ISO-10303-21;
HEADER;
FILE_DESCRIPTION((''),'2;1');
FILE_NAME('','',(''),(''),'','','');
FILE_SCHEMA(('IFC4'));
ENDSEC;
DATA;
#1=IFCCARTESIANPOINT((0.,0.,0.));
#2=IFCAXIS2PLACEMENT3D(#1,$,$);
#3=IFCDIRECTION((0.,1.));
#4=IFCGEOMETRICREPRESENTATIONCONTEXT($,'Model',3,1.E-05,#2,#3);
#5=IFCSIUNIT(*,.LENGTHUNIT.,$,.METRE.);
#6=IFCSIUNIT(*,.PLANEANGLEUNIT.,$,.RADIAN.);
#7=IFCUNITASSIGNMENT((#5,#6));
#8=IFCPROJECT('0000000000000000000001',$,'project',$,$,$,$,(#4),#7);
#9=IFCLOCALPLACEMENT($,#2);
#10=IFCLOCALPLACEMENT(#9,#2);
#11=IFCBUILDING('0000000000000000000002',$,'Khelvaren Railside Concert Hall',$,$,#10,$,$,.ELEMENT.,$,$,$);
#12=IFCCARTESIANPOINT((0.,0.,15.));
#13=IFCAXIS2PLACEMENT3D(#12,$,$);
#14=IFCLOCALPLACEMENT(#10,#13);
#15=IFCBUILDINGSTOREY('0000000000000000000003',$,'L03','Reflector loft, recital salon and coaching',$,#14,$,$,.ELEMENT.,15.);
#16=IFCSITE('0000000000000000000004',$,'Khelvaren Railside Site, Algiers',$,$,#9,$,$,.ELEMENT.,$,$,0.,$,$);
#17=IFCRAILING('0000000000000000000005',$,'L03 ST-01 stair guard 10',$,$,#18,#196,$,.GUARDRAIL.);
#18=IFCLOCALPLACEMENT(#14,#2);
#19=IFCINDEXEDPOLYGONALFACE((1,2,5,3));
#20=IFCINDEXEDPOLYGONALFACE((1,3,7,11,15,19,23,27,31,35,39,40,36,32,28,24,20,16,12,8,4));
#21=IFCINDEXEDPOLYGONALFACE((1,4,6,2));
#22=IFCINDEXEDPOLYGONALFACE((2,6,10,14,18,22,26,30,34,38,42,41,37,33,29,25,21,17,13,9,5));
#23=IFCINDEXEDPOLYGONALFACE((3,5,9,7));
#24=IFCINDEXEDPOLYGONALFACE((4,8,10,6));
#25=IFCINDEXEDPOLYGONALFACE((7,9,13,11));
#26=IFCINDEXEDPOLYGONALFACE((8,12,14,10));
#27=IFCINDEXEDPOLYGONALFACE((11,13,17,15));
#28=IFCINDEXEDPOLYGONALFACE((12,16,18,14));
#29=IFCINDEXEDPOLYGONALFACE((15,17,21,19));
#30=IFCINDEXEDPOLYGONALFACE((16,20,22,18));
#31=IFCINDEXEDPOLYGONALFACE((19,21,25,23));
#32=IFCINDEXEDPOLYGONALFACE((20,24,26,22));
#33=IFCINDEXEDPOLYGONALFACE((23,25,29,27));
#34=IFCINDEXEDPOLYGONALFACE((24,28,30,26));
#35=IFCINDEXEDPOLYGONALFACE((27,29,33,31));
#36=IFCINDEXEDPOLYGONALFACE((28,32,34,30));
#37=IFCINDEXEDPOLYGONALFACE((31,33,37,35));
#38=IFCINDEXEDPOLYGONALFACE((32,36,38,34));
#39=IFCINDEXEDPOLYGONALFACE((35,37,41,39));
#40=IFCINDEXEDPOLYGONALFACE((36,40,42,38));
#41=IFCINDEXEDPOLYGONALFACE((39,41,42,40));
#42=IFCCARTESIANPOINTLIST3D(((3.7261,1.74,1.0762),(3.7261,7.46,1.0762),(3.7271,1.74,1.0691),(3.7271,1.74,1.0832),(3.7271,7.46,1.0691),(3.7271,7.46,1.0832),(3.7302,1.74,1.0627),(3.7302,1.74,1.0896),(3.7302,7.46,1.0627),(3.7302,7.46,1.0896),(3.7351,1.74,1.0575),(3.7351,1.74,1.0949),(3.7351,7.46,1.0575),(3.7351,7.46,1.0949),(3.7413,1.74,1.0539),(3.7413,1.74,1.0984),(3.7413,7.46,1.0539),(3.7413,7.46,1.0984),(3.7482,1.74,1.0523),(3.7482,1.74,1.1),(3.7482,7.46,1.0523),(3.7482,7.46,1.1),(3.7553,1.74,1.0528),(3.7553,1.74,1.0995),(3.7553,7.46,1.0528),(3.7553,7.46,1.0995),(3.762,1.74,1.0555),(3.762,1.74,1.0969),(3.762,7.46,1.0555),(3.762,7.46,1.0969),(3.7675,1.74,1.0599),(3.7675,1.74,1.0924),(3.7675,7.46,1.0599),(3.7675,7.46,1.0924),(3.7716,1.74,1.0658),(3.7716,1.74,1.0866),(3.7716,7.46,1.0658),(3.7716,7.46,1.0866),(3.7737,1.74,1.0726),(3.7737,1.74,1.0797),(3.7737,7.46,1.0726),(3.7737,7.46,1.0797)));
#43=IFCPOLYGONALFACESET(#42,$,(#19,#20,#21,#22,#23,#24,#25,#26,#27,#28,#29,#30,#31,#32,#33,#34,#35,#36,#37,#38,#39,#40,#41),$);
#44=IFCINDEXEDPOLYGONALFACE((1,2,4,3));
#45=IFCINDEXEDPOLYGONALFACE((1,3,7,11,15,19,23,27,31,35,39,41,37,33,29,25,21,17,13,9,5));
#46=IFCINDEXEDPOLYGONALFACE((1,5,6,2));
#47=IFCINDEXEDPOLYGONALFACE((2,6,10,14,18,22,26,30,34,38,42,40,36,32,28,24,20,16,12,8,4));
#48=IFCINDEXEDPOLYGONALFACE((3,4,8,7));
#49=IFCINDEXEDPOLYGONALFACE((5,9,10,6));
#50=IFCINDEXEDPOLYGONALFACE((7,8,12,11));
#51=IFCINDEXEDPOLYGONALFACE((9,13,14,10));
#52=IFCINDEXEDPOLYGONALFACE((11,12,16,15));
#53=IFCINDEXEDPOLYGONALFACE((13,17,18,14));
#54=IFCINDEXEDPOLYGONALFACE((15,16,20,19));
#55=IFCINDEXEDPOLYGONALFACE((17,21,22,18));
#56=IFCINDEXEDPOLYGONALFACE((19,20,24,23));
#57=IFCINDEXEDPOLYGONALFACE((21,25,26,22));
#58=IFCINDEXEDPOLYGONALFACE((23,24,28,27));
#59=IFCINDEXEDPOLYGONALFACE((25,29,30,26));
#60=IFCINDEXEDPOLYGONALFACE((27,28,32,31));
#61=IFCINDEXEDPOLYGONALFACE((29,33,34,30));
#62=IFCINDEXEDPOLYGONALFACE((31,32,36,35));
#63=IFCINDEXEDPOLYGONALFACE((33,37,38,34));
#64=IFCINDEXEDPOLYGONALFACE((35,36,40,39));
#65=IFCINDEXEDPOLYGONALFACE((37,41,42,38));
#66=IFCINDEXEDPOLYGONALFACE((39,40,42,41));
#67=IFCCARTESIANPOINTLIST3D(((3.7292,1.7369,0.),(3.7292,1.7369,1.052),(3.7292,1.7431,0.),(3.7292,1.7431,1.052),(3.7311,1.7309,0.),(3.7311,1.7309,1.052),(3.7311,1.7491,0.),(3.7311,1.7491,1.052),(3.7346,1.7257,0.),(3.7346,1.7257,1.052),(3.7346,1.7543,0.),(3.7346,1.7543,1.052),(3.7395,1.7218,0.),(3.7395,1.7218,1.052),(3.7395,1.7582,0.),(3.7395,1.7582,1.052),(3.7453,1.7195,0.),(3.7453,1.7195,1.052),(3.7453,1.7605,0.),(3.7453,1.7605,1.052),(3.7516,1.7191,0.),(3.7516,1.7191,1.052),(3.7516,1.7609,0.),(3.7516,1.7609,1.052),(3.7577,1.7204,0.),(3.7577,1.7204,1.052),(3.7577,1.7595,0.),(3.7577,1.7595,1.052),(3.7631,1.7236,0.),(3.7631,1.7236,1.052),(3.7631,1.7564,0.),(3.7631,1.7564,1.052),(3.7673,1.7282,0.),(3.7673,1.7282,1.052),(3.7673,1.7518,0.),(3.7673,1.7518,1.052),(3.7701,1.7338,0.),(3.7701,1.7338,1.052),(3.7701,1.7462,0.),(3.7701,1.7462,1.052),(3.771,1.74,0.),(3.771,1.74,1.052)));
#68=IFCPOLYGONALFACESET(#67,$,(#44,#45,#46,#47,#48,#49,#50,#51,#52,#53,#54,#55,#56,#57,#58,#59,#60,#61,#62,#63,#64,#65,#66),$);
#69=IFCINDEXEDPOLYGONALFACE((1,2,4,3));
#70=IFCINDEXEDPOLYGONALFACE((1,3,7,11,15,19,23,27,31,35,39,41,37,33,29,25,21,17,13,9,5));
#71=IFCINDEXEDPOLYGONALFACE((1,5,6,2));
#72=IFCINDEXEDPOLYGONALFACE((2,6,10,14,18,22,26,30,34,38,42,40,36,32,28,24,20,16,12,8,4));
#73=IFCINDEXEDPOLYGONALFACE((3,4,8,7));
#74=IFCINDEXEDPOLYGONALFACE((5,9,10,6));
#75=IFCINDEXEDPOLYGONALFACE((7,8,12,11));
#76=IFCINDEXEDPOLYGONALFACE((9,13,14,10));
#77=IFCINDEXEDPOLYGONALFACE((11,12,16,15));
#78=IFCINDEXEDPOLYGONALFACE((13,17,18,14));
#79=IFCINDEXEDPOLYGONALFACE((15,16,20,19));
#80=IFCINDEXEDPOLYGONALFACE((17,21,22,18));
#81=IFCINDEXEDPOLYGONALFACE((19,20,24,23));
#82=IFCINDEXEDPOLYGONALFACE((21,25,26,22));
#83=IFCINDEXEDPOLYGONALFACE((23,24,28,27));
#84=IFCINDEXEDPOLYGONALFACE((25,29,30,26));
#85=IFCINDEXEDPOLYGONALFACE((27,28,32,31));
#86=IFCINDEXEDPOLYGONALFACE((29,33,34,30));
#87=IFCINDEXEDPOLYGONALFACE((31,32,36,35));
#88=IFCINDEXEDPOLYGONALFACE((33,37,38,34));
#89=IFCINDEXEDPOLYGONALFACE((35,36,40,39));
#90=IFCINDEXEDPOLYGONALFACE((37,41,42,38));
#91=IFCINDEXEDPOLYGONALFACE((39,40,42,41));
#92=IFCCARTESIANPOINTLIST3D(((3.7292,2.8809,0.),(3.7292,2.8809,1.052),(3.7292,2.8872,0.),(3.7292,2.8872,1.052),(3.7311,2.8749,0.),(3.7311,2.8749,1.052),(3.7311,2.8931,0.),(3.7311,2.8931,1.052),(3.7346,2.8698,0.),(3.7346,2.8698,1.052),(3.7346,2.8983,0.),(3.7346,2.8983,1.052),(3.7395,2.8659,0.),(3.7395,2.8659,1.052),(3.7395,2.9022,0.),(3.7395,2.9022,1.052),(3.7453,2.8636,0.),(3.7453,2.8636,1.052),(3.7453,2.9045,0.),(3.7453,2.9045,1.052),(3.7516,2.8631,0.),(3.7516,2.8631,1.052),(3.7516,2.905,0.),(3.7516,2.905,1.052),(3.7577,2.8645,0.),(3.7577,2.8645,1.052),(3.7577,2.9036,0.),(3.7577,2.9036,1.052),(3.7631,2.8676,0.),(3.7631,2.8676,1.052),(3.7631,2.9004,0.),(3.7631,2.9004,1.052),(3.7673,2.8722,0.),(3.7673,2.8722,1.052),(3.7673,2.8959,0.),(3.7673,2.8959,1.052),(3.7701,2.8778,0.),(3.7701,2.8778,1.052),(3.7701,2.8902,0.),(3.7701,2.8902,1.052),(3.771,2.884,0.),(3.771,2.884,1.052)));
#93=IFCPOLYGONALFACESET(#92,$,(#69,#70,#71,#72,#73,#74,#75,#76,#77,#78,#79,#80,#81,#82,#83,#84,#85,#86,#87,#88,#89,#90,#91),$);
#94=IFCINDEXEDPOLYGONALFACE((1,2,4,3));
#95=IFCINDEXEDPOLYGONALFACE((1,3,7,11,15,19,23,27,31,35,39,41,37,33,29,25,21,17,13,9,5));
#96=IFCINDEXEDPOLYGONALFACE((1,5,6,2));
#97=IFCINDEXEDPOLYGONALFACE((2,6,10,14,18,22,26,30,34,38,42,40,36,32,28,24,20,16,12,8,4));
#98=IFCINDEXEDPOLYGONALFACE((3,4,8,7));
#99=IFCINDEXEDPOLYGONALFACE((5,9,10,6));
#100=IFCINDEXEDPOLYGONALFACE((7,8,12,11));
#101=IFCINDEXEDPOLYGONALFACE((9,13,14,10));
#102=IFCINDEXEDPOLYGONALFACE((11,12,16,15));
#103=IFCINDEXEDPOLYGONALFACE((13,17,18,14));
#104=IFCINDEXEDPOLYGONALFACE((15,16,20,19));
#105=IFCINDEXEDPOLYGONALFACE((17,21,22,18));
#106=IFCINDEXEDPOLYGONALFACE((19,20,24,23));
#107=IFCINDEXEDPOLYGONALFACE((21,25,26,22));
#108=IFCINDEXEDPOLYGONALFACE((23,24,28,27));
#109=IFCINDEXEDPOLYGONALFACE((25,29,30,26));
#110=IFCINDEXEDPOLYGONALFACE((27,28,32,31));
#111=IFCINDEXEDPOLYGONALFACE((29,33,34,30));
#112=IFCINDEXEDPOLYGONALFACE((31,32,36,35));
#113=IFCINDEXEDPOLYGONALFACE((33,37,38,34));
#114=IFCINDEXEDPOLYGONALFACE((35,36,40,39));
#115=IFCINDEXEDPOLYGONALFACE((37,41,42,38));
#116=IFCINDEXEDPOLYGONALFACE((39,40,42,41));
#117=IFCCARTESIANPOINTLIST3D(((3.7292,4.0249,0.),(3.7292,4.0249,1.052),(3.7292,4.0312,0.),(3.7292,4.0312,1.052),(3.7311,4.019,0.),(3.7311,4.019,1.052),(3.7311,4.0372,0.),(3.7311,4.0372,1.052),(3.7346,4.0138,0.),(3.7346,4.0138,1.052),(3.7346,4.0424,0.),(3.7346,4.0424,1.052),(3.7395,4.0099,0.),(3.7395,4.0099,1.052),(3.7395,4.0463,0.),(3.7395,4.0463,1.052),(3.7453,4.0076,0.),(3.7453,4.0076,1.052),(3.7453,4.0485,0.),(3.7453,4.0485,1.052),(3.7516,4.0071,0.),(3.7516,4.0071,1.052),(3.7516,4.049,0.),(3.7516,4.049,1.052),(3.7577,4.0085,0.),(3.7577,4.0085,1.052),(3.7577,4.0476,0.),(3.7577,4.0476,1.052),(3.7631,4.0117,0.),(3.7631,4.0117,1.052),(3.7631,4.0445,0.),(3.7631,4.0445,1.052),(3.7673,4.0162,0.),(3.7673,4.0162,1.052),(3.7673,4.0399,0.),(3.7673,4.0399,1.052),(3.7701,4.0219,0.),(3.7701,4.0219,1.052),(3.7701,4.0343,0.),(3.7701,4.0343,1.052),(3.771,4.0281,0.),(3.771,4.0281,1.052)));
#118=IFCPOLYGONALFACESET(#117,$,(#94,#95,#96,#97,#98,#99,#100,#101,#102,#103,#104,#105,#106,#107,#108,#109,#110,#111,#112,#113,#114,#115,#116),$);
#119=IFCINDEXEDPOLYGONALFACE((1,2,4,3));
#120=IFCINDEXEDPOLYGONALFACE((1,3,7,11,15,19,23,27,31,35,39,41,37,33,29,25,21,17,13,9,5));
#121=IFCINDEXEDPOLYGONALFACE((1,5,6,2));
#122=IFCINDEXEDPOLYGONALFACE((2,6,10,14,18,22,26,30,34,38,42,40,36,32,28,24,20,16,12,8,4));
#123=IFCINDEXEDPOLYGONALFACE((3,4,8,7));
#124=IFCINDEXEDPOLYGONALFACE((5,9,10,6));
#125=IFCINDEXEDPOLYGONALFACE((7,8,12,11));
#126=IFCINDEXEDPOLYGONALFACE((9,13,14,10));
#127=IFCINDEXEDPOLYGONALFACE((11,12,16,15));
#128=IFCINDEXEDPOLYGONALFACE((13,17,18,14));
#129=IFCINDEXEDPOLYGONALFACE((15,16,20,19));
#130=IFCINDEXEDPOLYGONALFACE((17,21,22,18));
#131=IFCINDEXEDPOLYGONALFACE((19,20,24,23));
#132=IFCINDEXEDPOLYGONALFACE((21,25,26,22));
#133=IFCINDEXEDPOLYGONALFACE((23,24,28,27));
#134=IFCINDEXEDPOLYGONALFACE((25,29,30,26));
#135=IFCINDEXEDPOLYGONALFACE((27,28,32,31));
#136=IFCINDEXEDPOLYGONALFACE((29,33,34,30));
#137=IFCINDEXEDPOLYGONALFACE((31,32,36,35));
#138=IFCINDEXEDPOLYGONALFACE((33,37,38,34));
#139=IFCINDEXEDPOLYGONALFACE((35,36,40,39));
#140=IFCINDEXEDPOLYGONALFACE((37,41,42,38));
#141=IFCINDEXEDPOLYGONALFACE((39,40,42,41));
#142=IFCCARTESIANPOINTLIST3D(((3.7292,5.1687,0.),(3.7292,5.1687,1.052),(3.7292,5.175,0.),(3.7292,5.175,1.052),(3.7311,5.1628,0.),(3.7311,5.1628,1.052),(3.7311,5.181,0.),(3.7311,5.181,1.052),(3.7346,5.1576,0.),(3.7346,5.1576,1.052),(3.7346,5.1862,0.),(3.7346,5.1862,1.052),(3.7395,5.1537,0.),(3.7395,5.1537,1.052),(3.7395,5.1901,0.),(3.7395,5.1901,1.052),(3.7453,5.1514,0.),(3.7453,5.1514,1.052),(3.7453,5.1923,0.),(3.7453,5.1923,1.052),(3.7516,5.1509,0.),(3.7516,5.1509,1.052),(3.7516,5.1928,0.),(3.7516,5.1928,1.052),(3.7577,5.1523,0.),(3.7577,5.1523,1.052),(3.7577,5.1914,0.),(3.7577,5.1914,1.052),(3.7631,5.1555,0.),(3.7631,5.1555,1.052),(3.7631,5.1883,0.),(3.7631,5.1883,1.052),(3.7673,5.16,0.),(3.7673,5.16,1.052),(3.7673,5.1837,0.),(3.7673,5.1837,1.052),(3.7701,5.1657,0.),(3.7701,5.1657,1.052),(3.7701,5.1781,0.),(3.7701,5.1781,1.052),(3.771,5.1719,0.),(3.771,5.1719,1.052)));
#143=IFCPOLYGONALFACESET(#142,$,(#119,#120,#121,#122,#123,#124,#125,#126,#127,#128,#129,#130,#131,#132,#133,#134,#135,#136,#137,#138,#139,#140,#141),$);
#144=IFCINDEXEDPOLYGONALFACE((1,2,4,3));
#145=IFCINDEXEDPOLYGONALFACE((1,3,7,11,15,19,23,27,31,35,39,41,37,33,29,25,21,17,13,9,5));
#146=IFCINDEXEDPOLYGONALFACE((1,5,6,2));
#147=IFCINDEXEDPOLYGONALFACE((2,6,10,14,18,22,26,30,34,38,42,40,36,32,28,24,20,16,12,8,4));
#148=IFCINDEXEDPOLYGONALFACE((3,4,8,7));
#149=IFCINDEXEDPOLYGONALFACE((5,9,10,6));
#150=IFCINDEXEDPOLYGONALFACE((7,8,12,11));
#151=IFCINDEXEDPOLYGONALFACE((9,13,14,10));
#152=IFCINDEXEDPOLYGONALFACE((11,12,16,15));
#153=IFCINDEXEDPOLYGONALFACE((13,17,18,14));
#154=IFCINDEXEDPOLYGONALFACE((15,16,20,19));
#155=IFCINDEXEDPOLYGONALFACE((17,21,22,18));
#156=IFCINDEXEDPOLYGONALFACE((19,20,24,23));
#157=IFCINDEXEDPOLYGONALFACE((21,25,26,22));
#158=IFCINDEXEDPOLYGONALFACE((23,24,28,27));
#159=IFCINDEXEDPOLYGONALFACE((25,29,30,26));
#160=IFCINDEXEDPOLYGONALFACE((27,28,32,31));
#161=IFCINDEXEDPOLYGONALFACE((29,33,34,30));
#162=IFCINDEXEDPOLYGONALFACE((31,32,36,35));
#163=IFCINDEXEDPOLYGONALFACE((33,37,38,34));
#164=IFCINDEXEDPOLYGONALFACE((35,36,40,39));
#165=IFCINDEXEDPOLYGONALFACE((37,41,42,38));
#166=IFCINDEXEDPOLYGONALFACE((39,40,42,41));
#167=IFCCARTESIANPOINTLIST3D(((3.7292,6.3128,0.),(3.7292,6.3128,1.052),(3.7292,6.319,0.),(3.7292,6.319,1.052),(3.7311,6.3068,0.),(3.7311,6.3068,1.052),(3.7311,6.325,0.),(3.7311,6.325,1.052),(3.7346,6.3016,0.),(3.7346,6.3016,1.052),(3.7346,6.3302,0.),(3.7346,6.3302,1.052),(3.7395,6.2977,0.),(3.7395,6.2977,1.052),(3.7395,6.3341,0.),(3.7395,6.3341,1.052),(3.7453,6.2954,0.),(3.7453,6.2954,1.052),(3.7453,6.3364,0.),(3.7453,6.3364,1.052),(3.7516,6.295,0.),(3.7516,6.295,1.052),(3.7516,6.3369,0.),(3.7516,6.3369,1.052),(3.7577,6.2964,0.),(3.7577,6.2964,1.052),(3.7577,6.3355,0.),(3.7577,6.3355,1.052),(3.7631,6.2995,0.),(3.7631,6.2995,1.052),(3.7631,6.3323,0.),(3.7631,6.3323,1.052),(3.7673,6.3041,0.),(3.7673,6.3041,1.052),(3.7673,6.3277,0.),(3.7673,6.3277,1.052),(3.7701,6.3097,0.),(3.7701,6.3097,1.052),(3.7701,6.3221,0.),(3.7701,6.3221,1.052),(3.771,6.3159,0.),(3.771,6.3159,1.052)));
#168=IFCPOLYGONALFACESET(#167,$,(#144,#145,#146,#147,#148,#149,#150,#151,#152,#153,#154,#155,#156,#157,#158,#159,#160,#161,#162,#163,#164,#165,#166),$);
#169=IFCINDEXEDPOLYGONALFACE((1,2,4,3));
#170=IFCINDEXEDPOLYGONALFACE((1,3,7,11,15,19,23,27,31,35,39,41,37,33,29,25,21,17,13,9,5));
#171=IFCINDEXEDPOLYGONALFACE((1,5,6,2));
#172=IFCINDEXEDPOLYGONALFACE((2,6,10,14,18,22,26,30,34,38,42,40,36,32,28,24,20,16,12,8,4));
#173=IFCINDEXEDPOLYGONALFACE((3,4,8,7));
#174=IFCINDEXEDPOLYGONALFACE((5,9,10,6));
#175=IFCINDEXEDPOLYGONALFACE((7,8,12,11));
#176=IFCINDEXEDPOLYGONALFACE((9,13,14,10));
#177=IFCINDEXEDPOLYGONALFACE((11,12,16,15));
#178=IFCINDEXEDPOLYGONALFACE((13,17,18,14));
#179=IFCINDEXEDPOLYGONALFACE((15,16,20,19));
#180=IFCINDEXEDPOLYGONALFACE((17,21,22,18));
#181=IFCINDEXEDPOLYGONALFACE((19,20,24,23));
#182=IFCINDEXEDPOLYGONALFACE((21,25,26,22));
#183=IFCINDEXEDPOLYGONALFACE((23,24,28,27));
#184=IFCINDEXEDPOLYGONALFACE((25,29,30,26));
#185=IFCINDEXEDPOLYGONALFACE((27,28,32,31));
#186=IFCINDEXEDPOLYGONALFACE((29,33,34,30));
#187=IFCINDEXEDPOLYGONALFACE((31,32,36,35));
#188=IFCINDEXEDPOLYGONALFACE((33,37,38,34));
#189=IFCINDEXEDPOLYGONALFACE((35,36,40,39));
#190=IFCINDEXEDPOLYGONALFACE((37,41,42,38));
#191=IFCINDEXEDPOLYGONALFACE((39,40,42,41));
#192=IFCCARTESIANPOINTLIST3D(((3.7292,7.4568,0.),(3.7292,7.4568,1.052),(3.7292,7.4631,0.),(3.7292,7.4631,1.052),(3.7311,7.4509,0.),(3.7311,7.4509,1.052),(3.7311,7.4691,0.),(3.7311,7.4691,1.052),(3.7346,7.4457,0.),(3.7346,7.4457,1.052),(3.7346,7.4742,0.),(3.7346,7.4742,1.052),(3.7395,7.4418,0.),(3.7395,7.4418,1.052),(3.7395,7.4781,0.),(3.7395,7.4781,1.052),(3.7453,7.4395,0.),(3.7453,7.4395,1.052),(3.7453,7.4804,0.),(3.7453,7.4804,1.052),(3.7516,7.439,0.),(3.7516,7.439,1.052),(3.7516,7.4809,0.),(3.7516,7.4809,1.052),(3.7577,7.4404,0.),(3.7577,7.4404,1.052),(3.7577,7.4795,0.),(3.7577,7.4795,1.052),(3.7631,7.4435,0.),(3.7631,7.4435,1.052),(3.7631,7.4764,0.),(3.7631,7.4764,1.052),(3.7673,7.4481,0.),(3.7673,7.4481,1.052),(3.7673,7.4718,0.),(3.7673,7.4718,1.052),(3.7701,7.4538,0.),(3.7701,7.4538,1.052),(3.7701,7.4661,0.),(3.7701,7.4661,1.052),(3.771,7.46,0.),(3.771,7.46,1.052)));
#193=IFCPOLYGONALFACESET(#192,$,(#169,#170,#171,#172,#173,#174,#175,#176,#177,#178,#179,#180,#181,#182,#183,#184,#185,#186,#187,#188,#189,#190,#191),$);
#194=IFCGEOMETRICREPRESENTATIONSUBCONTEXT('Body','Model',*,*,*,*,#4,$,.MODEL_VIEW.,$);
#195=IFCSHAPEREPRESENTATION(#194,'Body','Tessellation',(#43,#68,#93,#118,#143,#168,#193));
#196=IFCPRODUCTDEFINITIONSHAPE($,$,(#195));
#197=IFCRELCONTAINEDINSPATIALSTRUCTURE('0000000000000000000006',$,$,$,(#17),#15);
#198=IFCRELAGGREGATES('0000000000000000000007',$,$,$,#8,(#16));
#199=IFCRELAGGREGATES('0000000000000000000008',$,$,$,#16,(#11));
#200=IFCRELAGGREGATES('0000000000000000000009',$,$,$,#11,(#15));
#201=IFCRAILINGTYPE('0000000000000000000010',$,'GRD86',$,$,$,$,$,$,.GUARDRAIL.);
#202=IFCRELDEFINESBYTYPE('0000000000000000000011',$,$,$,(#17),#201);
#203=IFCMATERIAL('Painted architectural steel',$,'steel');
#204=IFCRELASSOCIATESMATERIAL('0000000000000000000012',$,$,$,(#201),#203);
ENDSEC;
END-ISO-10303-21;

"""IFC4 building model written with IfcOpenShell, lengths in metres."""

from ifc_helpers import new_model, si_unit, direction, frame, origin, origin_2d, place, context, subcontext, project, spatial, circle, extrude, material, type_object, element, save


model = new_model("IFC4")

# Units and contexts
model_context = context("Model", 3, precision=1e-05, world=origin(), true_north=direction((0.0, 1.0)))
body_context = subcontext(model_context, "Body", "Model", "MODEL_VIEW")
ifc_project = project(units=[si_unit("LENGTHUNIT", "METRE"), si_unit("PLANEANGLEUNIT", "RADIAN")], contexts=[model_context])

# Site, building, storey
site_placement = place(None, origin())
site = spatial("IfcSite", under=ifc_project, at=site_placement, Name="Khelvaren Railside Site, Algiers", CompositionType="ELEMENT", RefElevation=0.0)
building_placement = place(site_placement, origin())
building = spatial("IfcBuilding", under=site, at=building_placement, Name="Khelvaren Railside Concert Hall", CompositionType="ELEMENT")
storey_placement = place(building_placement, frame((0.0, 0.0, 15.0)))
storey = spatial("IfcBuildingStorey", under=building, at=storey_placement, Name="L03", Description="Reflector loft, recital salon and coaching", CompositionType="ELEMENT", Elevation=15.0)

# Railing
ifc_material_1 = material(Name="Painted architectural steel", Category="steel")
railing_type_1 = type_object("IfcRailingType", Name="GRD86", PredefinedType="GUARDRAIL", material=ifc_material_1)
for number, where, name in (
    (1, (3.75, 1.74, 0.0), "L03 ST-01 stair guard 10"),
):
    element("IfcRailing", number, at=place(storey_placement, frame(where)), inside=storey, type_object=railing_type_1, Name=name, PredefinedType="GUARDRAIL", context=body_context, shape_type="SweptSolid", body=[
        extrude(circle(Radius=0.0239, at=origin_2d()), frame((0.0, 0.0, 1.0762), z_axis=(0.0, 1.0, 0.0), x_axis=(-1.0, 0.0, 0.0)), (0.0, 0.0, 1.0), 5.72),
        extrude(circle(Radius=0.021, at=origin_2d()), origin(), (0.0, 0.0, 1.0), 1.052),
        extrude(circle(Radius=0.021, at=origin_2d()), frame((0.0, 1.144, 0.0)), (0.0, 0.0, 1.0), 1.052),
        extrude(circle(Radius=0.021, at=origin_2d()), frame((0.0, 2.2881, 0.0)), (0.0, 0.0, 1.0), 1.052),
        extrude(circle(Radius=0.021, at=origin_2d()), frame((0.0, 3.4319, 0.0)), (0.0, 0.0, 1.0), 1.052),
        extrude(circle(Radius=0.021, at=origin_2d()), frame((0.0, 4.5759, 0.0)), (0.0, 0.0, 1.0), 1.052),
        extrude(circle(Radius=0.021, at=origin_2d()), frame((0.0, 5.72, 0.0)), (0.0, 0.0, 1.0), 1.052),
    ])

save(model, "model.ifc")
